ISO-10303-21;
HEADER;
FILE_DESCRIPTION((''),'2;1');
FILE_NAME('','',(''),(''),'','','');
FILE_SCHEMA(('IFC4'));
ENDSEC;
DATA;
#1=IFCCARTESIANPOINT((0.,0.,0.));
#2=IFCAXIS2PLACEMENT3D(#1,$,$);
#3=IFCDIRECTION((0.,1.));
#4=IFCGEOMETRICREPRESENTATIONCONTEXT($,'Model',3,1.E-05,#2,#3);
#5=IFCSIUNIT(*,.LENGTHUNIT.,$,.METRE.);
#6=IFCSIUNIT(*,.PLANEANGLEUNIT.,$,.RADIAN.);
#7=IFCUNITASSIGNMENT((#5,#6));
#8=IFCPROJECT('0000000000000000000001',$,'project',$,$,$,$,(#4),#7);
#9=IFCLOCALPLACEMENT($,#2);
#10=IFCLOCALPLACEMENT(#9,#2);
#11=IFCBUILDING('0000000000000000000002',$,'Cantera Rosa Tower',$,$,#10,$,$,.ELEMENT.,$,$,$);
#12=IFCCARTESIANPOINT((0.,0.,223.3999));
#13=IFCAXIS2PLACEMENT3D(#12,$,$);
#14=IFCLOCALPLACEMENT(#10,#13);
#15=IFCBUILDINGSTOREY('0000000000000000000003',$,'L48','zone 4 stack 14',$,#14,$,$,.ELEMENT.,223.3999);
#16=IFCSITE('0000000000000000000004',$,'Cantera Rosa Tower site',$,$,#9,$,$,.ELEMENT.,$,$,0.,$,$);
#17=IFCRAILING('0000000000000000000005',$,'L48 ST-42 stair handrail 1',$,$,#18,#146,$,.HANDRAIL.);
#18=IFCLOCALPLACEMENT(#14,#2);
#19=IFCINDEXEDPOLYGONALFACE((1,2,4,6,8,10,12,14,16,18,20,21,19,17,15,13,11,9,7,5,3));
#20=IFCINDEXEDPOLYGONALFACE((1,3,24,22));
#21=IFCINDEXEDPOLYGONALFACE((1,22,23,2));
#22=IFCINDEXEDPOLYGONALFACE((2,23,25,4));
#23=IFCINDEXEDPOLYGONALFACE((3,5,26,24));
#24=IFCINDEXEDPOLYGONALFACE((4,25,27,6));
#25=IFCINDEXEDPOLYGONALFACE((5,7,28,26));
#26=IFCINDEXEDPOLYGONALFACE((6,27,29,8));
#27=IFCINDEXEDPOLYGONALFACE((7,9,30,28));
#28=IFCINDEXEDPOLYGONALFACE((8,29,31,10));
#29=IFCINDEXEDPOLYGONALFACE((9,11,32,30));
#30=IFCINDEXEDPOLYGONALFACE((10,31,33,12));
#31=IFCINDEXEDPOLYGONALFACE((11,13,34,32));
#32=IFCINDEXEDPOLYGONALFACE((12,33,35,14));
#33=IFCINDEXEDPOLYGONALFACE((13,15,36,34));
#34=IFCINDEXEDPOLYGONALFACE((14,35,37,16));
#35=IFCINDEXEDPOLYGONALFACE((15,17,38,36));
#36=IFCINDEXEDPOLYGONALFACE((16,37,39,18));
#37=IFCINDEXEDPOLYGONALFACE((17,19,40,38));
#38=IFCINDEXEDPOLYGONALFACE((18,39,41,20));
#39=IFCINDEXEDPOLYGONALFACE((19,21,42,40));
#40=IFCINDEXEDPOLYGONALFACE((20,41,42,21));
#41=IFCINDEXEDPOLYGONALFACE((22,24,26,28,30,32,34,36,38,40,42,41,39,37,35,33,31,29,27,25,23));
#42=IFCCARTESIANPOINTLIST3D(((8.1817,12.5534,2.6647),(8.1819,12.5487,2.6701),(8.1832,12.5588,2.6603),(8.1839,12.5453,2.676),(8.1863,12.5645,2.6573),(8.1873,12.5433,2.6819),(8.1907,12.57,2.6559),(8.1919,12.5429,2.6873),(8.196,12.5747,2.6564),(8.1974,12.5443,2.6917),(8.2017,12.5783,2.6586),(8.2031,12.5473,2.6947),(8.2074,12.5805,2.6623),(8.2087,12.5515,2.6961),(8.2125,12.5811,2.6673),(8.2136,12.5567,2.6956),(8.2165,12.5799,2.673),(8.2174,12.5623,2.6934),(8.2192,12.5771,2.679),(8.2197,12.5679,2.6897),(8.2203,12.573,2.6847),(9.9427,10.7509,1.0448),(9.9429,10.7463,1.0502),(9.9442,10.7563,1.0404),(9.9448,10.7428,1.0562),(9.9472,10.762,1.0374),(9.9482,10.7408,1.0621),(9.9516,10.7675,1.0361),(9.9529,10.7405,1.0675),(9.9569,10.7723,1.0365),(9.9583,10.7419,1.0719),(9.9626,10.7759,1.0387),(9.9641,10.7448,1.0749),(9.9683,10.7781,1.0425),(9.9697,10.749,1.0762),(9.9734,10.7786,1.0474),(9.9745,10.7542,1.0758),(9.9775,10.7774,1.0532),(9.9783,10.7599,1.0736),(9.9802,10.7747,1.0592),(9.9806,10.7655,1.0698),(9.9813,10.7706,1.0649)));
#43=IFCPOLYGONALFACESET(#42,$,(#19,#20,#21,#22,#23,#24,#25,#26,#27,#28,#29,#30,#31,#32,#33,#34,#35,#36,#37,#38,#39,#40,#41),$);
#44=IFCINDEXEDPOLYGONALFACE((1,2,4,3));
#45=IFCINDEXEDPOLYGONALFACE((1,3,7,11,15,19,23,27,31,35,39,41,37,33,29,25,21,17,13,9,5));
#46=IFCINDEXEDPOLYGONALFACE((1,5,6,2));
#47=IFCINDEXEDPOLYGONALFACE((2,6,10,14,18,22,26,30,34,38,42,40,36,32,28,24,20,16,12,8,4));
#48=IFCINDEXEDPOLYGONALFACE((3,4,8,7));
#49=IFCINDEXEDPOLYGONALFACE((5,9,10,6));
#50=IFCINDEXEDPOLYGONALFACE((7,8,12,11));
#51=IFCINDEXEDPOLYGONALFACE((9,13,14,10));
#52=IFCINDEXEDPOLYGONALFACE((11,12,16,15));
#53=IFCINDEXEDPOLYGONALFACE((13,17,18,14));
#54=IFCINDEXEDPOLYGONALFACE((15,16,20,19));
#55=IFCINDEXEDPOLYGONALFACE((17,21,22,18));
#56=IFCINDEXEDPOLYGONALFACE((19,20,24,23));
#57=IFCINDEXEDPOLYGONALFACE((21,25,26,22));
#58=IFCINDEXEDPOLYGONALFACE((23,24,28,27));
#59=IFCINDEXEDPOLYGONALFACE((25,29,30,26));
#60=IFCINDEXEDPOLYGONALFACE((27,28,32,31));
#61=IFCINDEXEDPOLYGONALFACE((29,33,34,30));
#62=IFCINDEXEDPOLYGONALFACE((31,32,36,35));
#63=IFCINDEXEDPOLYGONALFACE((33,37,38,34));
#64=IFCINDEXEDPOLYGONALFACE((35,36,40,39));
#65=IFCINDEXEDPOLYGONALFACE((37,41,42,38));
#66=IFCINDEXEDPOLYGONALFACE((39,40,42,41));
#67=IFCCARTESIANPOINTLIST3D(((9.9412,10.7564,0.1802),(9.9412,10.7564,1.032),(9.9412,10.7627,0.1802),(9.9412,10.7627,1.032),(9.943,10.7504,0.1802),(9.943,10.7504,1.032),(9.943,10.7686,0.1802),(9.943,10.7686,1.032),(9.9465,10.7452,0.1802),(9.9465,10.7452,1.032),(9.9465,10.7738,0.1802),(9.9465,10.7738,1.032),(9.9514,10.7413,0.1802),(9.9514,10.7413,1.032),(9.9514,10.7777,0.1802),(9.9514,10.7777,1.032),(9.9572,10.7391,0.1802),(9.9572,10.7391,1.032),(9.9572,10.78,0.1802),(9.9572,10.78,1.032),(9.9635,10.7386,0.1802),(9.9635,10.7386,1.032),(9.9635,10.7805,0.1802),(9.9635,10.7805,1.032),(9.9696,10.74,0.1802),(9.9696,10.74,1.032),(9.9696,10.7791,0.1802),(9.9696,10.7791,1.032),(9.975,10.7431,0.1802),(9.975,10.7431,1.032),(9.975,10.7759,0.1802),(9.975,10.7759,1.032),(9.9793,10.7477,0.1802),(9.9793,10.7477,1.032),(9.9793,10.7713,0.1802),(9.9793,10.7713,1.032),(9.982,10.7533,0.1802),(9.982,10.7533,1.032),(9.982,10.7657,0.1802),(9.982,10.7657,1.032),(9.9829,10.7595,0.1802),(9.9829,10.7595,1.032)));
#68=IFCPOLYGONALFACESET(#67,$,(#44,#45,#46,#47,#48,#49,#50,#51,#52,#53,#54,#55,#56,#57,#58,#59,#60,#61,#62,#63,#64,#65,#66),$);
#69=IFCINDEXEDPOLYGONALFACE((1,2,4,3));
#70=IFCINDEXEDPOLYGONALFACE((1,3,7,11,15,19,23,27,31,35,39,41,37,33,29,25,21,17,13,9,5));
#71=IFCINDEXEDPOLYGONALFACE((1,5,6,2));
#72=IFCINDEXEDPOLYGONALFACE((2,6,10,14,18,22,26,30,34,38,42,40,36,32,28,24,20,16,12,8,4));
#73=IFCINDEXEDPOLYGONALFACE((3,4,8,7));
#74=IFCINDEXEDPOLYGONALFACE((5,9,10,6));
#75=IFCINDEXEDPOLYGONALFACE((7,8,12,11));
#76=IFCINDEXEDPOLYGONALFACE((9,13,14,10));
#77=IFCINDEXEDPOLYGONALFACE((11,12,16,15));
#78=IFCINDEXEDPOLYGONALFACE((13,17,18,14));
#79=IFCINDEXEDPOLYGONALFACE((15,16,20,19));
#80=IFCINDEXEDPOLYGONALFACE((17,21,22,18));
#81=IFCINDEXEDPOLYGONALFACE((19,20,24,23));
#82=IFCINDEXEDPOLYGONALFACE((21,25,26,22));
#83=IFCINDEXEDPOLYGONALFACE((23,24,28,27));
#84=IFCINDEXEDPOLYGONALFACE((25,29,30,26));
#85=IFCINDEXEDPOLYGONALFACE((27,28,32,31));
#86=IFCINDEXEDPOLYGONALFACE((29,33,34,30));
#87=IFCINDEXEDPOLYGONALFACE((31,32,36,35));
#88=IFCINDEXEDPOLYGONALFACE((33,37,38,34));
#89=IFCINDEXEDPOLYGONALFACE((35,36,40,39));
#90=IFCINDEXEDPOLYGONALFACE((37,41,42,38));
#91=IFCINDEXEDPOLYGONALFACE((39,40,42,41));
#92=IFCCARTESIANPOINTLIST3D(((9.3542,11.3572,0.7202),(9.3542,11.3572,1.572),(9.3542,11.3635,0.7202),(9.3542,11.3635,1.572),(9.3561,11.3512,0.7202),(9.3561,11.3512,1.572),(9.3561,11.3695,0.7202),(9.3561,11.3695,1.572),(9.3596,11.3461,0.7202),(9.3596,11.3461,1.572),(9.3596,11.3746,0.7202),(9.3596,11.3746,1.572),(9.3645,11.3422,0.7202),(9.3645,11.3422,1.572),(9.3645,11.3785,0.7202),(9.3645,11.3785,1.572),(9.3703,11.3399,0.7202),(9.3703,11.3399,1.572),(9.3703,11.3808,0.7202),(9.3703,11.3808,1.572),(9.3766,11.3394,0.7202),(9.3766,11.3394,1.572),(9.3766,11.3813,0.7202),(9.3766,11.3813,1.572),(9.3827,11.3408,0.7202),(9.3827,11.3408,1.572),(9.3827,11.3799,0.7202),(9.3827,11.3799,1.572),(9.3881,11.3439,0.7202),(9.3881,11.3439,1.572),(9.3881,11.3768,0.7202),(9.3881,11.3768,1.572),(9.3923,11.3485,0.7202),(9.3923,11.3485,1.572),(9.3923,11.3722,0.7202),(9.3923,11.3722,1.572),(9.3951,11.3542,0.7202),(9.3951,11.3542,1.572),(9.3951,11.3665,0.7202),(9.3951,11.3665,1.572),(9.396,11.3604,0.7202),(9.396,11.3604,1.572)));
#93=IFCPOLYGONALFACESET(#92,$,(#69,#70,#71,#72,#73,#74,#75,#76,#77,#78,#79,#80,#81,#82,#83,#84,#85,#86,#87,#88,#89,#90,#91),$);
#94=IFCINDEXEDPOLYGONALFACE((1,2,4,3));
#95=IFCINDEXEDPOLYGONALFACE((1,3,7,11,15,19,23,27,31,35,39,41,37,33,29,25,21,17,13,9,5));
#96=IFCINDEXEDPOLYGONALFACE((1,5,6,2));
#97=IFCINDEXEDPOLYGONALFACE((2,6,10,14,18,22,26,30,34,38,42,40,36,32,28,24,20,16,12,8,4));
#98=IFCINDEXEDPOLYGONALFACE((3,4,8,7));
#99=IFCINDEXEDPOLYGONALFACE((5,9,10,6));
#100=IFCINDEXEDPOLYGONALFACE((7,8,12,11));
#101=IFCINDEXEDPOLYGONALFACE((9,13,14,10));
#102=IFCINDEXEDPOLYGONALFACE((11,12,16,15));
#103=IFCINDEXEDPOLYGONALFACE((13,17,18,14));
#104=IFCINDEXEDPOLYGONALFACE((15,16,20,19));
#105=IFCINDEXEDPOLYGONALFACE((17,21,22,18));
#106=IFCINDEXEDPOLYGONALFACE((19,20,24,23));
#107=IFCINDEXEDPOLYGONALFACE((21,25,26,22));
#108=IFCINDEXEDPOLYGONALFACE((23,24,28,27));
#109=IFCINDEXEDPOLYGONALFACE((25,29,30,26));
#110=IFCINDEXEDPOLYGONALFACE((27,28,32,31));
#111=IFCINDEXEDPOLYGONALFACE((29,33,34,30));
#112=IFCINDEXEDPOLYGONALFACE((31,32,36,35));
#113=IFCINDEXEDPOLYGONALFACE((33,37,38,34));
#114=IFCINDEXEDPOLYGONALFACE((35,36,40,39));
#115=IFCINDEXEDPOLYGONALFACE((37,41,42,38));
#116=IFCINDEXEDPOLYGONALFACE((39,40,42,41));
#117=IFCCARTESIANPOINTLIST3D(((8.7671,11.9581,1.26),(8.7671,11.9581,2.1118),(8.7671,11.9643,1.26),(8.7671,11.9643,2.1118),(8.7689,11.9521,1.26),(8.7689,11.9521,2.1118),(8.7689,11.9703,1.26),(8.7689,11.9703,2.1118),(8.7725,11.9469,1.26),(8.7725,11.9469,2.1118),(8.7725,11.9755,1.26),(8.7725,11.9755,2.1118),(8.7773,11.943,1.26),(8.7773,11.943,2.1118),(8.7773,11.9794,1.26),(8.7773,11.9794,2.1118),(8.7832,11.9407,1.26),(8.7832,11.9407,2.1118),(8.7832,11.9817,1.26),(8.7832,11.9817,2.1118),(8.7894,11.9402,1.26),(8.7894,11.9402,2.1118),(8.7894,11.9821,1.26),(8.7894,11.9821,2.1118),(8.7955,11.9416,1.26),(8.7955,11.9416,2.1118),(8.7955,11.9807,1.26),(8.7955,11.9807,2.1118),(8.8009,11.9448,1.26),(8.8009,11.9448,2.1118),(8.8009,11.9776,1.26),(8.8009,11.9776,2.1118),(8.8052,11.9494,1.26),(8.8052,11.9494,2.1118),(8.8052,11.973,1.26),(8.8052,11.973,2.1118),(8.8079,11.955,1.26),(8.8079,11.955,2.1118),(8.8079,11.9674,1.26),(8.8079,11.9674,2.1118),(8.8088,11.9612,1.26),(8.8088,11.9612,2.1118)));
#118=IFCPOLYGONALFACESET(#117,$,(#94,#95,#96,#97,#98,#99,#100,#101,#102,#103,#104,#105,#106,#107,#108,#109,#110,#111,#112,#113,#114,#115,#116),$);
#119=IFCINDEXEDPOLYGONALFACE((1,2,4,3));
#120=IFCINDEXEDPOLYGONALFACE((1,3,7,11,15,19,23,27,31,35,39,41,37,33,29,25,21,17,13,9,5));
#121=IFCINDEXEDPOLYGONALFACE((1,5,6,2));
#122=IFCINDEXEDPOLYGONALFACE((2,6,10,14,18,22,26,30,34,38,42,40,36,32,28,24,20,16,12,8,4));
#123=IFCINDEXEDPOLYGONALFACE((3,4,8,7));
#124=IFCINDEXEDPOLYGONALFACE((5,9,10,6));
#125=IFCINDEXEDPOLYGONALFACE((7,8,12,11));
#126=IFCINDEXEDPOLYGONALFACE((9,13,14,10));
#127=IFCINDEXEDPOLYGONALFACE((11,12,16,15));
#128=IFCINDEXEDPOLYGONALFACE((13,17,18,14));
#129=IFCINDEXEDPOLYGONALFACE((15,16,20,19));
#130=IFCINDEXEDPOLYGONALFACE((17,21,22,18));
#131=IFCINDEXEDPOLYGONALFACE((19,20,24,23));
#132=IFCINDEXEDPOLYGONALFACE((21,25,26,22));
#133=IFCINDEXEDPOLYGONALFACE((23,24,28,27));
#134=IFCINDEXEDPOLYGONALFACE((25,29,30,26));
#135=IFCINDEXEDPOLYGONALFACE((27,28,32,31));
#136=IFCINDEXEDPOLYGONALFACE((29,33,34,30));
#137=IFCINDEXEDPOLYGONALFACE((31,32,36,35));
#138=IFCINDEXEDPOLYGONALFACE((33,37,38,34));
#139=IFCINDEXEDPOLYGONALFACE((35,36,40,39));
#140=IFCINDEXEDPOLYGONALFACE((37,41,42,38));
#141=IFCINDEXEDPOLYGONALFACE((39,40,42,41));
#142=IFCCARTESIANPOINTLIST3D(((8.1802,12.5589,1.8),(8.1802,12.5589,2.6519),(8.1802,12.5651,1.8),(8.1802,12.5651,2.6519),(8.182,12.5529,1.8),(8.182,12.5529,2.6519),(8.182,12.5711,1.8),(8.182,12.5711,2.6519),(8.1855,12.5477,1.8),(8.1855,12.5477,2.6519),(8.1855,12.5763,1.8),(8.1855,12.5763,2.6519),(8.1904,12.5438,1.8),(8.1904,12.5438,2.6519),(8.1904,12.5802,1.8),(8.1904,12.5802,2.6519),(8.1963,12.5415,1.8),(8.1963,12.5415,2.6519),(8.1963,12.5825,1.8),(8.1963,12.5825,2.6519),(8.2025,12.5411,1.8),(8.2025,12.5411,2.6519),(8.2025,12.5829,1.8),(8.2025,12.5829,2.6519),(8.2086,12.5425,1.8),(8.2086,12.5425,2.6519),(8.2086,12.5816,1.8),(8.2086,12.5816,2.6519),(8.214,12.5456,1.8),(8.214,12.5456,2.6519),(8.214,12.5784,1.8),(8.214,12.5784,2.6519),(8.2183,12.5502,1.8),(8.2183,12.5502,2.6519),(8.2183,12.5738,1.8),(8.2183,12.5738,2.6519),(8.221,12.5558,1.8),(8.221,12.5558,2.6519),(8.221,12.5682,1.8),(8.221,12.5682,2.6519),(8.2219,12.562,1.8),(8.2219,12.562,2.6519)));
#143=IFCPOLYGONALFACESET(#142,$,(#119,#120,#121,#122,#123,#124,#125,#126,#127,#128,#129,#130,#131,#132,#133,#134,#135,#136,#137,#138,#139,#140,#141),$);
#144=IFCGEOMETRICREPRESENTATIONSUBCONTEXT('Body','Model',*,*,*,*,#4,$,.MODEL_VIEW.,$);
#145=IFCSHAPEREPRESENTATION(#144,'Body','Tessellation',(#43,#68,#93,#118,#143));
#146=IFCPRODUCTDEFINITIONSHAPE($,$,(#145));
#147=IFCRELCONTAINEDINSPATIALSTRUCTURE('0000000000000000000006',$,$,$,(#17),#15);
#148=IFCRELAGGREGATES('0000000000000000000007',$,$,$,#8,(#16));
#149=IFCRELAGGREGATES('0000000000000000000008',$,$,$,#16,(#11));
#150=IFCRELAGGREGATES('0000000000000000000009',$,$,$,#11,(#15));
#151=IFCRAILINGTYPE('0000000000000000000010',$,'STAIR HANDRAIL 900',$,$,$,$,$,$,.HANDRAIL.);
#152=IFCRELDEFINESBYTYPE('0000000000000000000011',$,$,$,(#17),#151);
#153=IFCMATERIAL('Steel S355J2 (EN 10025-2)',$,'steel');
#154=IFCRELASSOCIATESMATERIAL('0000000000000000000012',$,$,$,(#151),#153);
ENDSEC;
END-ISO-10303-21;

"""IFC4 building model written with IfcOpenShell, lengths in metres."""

from ifc_helpers import new_model, si_unit, direction, frame, origin, origin_2d, place, context, subcontext, project, spatial, circle, extrude, material, type_object, element, save


model = new_model("IFC4")

# Units and contexts
model_context = context("Model", 3, precision=1e-05, world=origin(), true_north=direction((0.0, 1.0)))
body_context = subcontext(model_context, "Body", "Model", "MODEL_VIEW")
ifc_project = project(units=[si_unit("LENGTHUNIT", "METRE"), si_unit("PLANEANGLEUNIT", "RADIAN")], contexts=[model_context])

# Site, building, storey
site_placement = place(None, origin())
site = spatial("IfcSite", under=ifc_project, at=site_placement, Name="Cantera Rosa Tower site", CompositionType="ELEMENT", RefElevation=0.0)
building_placement = place(site_placement, origin())
building = spatial("IfcBuilding", under=site, at=building_placement, Name="Cantera Rosa Tower", CompositionType="ELEMENT")
storey_placement = place(building_placement, frame((0.0, 0.0, 223.3999)))
storey = spatial("IfcBuildingStorey", under=building, at=storey_placement, Name="L48", Description="zone 4 stack 14", CompositionType="ELEMENT", Elevation=223.3999)

# Railing
ifc_material_1 = material(Name="Steel S355J2 (EN 10025-2)", Category="steel")
railing_type_1 = type_object("IfcRailingType", Name="STAIR HANDRAIL 900", PredefinedType="HANDRAIL", material=ifc_material_1)
railing_1_placement = place(storey_placement, frame((9.9619, 10.7595, 0.1802)))
element("IfcRailing", 1, at=railing_1_placement, inside=storey, type_object=railing_type_1, Name="L48 ST-42 stair handrail 1", PredefinedType="HANDRAIL", context=body_context, shape_type="SweptSolid", body=[
    extrude(circle(Radius=0.0239, at=origin_2d()), frame((0.0, 0.0, 0.876), z_axis=(-0.587844, 0.601699, 0.540738), x_axis=(-0.715294, -0.698824, 0.0)), (0.0, 0.0, 1.0), 2.9956),
    extrude(circle(Radius=0.021, at=origin_2d()), origin(), (0.0, 0.0, 1.0), 0.8518),
    extrude(circle(Radius=0.021, at=origin_2d()), frame((-0.5869, 0.6008, 0.54)), (0.0, 0.0, 1.0), 0.8518),
    extrude(circle(Radius=0.021, at=origin_2d()), frame((-1.1741, 1.2017, 1.0798)), (0.0, 0.0, 1.0), 0.8518),
    extrude(circle(Radius=0.021, at=origin_2d()), frame((-1.761, 1.8025, 1.6199)), (0.0, 0.0, 1.0), 0.8518),
])

save(model, "model.ifc")
